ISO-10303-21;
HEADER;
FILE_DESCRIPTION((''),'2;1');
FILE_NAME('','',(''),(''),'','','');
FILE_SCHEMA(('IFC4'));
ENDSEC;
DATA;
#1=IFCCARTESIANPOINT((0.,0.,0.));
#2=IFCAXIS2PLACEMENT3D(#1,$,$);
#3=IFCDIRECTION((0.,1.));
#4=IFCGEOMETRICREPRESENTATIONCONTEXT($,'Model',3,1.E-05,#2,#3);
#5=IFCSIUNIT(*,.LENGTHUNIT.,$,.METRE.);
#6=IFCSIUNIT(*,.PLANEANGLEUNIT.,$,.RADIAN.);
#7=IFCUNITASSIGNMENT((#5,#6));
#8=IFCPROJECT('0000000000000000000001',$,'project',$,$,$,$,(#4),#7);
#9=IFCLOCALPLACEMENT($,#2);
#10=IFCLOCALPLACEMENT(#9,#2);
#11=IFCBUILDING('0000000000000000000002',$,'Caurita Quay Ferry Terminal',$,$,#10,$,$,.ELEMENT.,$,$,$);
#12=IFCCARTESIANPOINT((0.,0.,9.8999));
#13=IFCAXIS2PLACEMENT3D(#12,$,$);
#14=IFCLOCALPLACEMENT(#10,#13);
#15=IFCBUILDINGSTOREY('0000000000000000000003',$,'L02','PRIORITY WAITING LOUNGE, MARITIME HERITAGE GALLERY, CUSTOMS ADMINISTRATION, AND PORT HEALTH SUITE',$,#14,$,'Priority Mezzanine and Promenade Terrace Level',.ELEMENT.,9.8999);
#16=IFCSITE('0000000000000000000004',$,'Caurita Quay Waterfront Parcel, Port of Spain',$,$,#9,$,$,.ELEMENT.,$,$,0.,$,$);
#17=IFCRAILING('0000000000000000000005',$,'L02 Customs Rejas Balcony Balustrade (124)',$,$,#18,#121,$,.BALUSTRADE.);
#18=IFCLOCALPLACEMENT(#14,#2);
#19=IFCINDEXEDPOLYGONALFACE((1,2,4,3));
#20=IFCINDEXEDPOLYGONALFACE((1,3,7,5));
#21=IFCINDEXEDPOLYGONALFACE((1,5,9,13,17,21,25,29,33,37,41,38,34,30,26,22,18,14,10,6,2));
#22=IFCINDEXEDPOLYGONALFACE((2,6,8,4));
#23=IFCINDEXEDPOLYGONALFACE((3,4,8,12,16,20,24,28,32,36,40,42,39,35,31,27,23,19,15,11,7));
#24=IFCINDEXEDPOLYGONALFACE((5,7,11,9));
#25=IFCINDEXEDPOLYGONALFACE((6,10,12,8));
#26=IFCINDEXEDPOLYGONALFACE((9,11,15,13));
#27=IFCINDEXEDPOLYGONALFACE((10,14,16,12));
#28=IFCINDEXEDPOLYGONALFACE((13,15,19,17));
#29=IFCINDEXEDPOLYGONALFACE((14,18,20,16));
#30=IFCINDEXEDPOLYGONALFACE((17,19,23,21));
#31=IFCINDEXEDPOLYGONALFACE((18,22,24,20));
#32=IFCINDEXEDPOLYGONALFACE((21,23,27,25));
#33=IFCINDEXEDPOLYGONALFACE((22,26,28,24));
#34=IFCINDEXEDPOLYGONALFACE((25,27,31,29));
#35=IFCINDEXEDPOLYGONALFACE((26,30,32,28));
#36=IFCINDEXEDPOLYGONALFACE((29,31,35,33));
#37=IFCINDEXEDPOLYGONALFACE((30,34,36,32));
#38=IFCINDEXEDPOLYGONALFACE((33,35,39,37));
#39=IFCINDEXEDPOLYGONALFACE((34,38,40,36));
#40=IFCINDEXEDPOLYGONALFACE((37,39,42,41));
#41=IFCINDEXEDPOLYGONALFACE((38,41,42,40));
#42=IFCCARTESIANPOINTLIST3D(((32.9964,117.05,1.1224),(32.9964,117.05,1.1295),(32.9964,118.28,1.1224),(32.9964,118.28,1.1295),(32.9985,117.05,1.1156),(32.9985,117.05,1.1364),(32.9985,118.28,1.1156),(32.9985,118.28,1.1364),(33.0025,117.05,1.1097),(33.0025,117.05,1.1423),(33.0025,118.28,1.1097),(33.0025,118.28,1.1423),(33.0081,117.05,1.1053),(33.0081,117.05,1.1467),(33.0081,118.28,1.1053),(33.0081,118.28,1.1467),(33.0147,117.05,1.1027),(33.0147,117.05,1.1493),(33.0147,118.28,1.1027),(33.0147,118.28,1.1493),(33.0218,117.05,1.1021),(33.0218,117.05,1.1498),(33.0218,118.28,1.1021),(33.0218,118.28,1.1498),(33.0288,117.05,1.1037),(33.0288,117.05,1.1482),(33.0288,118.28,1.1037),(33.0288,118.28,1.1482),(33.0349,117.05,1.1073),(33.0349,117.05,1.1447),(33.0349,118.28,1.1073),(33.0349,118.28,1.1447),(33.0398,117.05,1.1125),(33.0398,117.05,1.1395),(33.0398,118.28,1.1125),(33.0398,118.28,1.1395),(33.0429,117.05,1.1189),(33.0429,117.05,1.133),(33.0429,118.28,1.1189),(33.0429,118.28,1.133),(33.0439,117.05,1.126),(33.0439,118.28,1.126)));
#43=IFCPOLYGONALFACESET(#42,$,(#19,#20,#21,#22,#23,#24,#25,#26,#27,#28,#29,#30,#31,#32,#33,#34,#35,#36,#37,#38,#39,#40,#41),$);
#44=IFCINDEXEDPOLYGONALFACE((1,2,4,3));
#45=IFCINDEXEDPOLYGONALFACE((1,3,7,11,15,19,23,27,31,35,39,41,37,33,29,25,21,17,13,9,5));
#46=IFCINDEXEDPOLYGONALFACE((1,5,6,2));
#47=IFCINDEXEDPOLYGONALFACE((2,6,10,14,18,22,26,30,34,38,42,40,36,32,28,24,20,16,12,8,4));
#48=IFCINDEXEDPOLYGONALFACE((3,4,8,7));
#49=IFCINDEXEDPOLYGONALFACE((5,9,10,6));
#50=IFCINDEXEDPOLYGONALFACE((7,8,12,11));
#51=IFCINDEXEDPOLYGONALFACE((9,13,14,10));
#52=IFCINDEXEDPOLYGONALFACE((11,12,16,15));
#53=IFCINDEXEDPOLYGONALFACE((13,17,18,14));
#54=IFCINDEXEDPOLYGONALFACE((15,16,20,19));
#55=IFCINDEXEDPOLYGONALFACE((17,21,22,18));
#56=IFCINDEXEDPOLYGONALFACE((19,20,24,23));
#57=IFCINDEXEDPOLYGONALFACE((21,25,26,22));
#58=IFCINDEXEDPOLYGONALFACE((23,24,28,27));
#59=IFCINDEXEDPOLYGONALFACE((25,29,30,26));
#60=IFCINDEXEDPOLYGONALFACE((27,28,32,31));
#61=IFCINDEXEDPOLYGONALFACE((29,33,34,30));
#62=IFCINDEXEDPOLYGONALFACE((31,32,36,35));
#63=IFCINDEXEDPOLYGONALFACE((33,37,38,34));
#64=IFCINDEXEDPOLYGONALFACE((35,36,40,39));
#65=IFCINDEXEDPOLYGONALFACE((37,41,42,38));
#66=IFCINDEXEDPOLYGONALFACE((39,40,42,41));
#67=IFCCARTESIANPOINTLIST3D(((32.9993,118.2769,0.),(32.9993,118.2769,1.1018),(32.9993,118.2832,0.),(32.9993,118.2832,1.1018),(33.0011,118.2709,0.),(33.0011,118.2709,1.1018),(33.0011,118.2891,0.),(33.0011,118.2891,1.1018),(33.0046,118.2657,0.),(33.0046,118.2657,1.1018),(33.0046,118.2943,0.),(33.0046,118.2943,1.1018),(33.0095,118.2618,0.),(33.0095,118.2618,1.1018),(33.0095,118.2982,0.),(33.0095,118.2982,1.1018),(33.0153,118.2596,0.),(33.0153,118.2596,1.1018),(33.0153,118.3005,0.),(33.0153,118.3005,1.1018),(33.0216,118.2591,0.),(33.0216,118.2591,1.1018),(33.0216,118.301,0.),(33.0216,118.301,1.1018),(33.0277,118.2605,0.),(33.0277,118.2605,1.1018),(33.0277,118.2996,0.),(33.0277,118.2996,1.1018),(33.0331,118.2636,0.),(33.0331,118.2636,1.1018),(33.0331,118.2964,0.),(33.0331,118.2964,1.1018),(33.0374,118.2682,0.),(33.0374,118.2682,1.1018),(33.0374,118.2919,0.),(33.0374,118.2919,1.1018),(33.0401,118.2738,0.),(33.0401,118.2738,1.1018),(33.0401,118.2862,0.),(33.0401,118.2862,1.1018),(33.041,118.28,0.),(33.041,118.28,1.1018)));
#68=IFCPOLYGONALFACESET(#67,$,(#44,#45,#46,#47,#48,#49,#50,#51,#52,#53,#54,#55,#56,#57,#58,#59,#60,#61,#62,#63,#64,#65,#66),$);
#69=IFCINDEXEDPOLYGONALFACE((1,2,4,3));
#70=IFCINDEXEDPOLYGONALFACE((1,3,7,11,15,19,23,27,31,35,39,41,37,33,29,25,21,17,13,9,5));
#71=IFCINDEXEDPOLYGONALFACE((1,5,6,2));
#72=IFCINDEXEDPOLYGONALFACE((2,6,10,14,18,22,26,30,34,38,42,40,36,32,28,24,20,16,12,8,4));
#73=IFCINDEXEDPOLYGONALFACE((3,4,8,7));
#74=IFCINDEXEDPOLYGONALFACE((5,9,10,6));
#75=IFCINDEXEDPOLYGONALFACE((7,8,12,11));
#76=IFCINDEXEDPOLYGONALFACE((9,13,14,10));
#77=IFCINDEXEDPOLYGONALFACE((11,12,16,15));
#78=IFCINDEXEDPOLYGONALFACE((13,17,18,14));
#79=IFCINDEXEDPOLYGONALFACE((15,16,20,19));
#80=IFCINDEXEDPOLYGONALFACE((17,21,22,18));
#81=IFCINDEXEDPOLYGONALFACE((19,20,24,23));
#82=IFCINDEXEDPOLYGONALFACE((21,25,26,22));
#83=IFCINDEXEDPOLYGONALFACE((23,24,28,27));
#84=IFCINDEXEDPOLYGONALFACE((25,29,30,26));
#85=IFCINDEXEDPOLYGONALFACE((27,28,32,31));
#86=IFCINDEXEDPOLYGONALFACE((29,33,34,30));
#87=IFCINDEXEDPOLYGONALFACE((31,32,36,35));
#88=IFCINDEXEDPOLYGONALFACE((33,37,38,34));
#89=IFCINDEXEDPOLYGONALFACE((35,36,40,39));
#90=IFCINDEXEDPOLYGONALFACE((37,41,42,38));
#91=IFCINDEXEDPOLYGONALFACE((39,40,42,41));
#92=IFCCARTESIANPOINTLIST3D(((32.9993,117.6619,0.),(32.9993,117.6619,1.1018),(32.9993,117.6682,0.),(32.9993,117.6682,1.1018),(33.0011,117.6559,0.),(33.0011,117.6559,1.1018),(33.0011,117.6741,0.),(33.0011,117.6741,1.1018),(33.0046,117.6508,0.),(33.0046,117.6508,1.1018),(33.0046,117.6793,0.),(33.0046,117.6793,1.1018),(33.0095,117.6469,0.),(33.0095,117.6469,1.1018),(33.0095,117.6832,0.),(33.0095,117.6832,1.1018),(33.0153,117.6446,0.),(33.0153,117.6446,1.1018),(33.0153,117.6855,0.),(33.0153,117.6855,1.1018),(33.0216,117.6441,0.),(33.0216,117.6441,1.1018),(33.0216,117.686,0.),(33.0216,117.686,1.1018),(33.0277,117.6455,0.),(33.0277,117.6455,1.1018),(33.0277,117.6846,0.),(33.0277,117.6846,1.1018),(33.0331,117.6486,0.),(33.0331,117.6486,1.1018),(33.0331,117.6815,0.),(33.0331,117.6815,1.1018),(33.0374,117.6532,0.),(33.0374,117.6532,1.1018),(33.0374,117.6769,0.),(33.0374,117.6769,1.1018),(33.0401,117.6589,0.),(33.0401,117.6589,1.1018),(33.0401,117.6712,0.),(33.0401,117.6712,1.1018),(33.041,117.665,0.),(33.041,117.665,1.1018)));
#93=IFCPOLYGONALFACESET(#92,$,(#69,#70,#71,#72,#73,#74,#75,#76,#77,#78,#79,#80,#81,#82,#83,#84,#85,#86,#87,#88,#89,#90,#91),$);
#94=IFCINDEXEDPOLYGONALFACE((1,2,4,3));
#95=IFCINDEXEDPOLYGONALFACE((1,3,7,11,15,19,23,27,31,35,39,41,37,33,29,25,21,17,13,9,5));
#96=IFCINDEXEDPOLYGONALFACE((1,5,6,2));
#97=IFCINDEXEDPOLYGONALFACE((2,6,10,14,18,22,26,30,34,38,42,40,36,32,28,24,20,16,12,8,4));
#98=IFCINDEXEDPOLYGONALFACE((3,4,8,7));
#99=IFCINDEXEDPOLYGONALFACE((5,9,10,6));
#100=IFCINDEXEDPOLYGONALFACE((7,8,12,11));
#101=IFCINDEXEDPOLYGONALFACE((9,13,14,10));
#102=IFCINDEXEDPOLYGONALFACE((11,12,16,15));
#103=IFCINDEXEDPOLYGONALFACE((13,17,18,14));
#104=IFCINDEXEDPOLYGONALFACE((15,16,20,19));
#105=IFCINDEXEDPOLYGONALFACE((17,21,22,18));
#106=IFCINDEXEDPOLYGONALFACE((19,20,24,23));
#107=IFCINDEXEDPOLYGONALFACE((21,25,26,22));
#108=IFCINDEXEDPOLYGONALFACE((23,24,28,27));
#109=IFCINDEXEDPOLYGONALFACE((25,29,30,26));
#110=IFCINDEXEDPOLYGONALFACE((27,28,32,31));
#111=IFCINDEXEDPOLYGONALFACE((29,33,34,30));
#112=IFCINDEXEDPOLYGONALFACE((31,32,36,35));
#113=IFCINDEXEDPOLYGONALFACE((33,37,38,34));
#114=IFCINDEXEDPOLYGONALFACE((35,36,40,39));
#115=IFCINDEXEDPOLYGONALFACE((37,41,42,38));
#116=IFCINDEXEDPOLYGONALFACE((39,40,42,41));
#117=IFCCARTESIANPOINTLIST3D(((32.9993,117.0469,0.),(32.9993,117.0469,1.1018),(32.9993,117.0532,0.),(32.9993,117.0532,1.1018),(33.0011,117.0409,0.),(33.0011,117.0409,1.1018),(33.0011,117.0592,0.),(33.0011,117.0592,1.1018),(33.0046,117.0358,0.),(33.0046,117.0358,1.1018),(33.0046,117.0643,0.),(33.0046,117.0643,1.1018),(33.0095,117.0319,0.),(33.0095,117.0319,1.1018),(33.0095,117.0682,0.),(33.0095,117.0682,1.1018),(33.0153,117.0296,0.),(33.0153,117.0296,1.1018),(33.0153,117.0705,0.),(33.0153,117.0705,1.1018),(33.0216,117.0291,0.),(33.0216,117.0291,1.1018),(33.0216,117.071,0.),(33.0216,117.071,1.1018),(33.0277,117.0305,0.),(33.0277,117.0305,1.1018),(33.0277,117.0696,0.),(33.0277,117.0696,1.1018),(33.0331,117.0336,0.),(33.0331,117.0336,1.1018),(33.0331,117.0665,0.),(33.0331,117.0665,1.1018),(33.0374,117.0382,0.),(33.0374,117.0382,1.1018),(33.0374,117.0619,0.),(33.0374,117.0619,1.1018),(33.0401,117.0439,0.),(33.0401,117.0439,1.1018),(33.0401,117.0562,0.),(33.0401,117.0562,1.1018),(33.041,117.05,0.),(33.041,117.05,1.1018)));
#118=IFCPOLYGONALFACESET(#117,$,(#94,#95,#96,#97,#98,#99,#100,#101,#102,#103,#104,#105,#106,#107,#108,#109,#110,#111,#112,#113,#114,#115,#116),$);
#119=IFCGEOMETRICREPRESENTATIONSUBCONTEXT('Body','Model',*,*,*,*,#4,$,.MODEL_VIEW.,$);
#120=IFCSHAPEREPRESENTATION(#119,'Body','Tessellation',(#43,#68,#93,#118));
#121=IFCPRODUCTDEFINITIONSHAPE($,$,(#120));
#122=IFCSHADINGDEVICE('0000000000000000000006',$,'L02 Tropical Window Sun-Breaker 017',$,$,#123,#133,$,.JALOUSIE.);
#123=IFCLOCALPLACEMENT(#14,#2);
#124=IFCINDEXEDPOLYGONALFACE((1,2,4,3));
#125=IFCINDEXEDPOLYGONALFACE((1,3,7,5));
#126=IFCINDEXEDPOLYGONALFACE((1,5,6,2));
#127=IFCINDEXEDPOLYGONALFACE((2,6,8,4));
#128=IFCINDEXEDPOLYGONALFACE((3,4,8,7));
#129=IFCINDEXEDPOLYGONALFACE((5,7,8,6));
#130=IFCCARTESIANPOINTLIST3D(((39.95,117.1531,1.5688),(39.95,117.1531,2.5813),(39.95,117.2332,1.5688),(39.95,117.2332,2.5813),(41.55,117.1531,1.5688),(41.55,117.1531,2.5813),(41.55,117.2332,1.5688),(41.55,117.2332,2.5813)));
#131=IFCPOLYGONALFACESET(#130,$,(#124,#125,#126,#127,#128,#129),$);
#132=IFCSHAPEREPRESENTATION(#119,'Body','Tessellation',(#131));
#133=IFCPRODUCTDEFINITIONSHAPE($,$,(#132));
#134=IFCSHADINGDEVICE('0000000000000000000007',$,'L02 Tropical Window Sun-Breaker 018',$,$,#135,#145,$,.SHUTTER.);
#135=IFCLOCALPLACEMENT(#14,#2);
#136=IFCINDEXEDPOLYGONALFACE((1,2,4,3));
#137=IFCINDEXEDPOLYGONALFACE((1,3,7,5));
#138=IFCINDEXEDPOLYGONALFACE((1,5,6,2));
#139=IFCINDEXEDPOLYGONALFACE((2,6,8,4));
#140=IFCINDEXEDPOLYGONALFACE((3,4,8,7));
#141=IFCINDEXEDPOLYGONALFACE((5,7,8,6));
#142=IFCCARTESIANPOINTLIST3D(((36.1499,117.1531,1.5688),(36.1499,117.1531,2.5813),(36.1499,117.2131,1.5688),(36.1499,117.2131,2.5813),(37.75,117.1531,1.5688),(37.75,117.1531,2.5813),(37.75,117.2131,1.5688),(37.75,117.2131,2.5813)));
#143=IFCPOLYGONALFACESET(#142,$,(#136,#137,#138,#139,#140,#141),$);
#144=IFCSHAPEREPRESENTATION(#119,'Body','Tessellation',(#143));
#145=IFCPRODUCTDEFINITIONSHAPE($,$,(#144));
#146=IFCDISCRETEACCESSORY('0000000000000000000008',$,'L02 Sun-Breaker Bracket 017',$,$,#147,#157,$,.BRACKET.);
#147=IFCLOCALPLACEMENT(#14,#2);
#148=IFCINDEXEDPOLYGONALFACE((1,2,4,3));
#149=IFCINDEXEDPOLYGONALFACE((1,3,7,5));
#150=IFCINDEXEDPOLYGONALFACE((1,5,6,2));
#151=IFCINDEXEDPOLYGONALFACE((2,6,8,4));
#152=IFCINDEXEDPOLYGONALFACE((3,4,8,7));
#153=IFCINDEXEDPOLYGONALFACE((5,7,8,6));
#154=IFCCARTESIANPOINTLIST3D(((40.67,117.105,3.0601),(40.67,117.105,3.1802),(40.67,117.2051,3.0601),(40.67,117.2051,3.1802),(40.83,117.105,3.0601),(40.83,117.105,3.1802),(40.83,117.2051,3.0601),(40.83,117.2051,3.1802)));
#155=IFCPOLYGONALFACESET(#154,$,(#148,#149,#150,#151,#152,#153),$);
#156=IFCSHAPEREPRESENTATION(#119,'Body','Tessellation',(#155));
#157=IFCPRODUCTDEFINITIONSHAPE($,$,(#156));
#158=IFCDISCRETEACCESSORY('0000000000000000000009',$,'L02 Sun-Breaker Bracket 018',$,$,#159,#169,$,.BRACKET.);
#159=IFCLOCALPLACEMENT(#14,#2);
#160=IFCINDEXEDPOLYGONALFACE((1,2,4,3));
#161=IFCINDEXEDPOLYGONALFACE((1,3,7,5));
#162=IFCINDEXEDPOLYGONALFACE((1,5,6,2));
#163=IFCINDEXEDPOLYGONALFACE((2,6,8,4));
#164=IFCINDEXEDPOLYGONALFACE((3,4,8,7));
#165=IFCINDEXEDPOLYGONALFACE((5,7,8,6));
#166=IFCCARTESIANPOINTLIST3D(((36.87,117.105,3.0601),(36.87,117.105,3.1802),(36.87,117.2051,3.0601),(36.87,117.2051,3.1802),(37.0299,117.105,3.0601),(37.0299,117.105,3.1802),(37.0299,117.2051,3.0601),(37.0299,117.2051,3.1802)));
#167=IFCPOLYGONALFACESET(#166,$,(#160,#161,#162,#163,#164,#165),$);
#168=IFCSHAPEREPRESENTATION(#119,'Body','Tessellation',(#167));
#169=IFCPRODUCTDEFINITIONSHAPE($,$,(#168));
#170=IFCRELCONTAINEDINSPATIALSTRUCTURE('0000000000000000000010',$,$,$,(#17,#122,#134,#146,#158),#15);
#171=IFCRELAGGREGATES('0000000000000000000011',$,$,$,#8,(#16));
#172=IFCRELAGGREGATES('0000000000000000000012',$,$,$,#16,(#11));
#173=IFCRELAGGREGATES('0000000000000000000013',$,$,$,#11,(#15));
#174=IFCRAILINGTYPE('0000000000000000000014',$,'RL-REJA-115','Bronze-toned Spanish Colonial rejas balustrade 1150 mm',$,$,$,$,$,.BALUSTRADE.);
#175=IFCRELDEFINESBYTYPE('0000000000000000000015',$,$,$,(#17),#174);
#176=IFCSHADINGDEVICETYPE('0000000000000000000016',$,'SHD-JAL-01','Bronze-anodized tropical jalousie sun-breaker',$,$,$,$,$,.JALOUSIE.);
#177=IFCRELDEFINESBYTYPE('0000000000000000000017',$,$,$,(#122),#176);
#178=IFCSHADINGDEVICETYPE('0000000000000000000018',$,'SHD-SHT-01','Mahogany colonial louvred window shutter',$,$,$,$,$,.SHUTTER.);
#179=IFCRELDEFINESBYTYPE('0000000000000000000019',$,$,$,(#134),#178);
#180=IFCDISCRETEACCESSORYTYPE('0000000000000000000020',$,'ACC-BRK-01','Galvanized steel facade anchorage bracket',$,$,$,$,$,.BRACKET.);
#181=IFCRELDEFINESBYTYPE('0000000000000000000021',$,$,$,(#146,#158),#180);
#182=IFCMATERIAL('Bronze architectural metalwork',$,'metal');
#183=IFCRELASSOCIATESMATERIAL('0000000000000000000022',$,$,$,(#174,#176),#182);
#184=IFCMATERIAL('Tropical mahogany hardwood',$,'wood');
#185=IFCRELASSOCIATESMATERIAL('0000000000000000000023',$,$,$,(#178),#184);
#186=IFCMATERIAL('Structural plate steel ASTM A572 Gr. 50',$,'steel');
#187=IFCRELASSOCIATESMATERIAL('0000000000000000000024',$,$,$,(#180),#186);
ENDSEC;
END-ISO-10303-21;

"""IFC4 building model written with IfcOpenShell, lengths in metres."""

from ifc_helpers import new_model, si_unit, direction, frame, origin, origin_2d, place, context, subcontext, project, spatial, rectangle, circle, extrude, material, type_object, element, save


model = new_model("IFC4")

# Units and contexts
model_context = context("Model", 3, precision=1e-05, world=origin(), true_north=direction((0.0, 1.0)))
body_context = subcontext(model_context, "Body", "Model", "MODEL_VIEW")
ifc_project = project(units=[si_unit("LENGTHUNIT", "METRE"), si_unit("PLANEANGLEUNIT", "RADIAN")], contexts=[model_context])

# Site, building, storey
site_placement = place(None, origin())
site = spatial("IfcSite", under=ifc_project, at=site_placement, Name="Caurita Quay Waterfront Parcel, Port of Spain", CompositionType="ELEMENT", RefElevation=0.0)
building_placement = place(site_placement, origin())
building = spatial("IfcBuilding", under=site, at=building_placement, Name="Caurita Quay Ferry Terminal", CompositionType="ELEMENT")
storey_placement = place(building_placement, frame((0.0, 0.0, 9.8999)))
storey = spatial("IfcBuildingStorey", under=building, at=storey_placement, Name="L02", Description="PRIORITY WAITING LOUNGE, MARITIME HERITAGE GALLERY, CUSTOMS ADMINISTRATION, AND PORT HEALTH SUITE", LongName="Priority Mezzanine and Promenade Terrace Level", CompositionType="ELEMENT", Elevation=9.8999)

# Railing
ifc_material_1 = material(Name="Bronze architectural metalwork", Category="metal")
railing_type = type_object("IfcRailingType", Name="RL-REJA-115", Description="Bronze-toned Spanish Colonial rejas balustrade 1150 mm", PredefinedType="BALUSTRADE", material=ifc_material_1)
railing_placement = place(storey_placement, frame((33.02, 118.28, 0.0)))
element("IfcRailing", 1, at=railing_placement, inside=storey, type_object=railing_type, Name="L02 Customs Rejas Balcony Balustrade (124)", PredefinedType="BALUSTRADE", context=body_context, shape_type="SweptSolid", body=[
    extrude(circle(Radius=0.0239, at=origin_2d()), frame((0.0, 0.0, 1.126), z_axis=(0.0, -1.0, 0.0), x_axis=(1.0, 0.0, 0.0)), (0.0, 0.0, 1.0), 1.23),
    extrude(circle(Radius=0.021, at=origin_2d()), origin(), (0.0, 0.0, 1.0), 1.1018),
    extrude(circle(Radius=0.021, at=origin_2d()), frame((0.0, -0.615, 0.0)), (0.0, 0.0, 1.0), 1.1018),
    extrude(circle(Radius=0.021, at=origin_2d()), frame((0.0, -1.23, 0.0)), (0.0, 0.0, 1.0), 1.1018),
])

# Shading devices
shading_device_type_1 = type_object("IfcShadingDeviceType", Name="SHD-JAL-01", Description="Bronze-anodized tropical jalousie sun-breaker", PredefinedType="JALOUSIE", material=ifc_material_1)
shading_device_1_placement = place(storey_placement, frame((40.75, 117.1931, 1.5688), z_axis=(0.0, 0.0, 1.0), x_axis=(-1.0, 0.0, 0.0)))
element("IfcShadingDevice", 2, at=shading_device_1_placement, inside=storey, type_object=shading_device_type_1, Name="L02 Tropical Window Sun-Breaker 017", PredefinedType="JALOUSIE", context=body_context, shape_type="SweptSolid", body=[
    extrude(rectangle(XDim=1.6001, YDim=0.0801, at=origin_2d()), origin(), (0.0, 0.0, 1.0), 1.0125),
])
ifc_material_2 = material(Name="Tropical mahogany hardwood", Category="wood")
shading_device_type_2 = type_object("IfcShadingDeviceType", Name="SHD-SHT-01", Description="Mahogany colonial louvred window shutter", PredefinedType="SHUTTER", material=ifc_material_2)
shading_device_2_placement = place(storey_placement, frame((36.95, 117.1831, 1.5688), z_axis=(0.0, 0.0, 1.0), x_axis=(-1.0, 0.0, 0.0)))
element("IfcShadingDevice", 3, at=shading_device_2_placement, inside=storey, type_object=shading_device_type_2, Name="L02 Tropical Window Sun-Breaker 018", PredefinedType="SHUTTER", context=body_context, shape_type="SweptSolid", body=[
    extrude(rectangle(XDim=1.6001, YDim=0.0601, at=origin_2d()), origin(), (0.0, 0.0, 1.0), 1.0125),
])

# Discrete accessories
ifc_material_3 = material(Name="Structural plate steel ASTM A572 Gr. 50", Category="steel")
discrete_accessory_type = type_object("IfcDiscreteAccessoryType", Name="ACC-BRK-01", Description="Galvanized steel facade anchorage bracket", PredefinedType="BRACKET", material=ifc_material_3)
for number, where, z_axis, x_axis, name in (
    (4, (40.75, 117.155, 3.0601), (0.0, 0.0, 1.0), (-1.0, 0.0, 0.0), "L02 Sun-Breaker Bracket 017"),
    (5, (36.95, 117.155, 3.0601), (0.0, 0.0, 1.0), (-1.0, 0.0, 0.0), "L02 Sun-Breaker Bracket 018"),
):
    element("IfcDiscreteAccessory", number, at=place(storey_placement, frame(where, z_axis=z_axis, x_axis=x_axis)), inside=storey, type_object=discrete_accessory_type, Name=name, PredefinedType="BRACKET", context=body_context, shape_type="SweptSolid", body=[
        extrude(rectangle(XDim=0.1599, YDim=0.1001, at=origin_2d()), origin(), (0.0, 0.0, 1.0), 0.1201),
    ])

save(model, "model.ifc")
